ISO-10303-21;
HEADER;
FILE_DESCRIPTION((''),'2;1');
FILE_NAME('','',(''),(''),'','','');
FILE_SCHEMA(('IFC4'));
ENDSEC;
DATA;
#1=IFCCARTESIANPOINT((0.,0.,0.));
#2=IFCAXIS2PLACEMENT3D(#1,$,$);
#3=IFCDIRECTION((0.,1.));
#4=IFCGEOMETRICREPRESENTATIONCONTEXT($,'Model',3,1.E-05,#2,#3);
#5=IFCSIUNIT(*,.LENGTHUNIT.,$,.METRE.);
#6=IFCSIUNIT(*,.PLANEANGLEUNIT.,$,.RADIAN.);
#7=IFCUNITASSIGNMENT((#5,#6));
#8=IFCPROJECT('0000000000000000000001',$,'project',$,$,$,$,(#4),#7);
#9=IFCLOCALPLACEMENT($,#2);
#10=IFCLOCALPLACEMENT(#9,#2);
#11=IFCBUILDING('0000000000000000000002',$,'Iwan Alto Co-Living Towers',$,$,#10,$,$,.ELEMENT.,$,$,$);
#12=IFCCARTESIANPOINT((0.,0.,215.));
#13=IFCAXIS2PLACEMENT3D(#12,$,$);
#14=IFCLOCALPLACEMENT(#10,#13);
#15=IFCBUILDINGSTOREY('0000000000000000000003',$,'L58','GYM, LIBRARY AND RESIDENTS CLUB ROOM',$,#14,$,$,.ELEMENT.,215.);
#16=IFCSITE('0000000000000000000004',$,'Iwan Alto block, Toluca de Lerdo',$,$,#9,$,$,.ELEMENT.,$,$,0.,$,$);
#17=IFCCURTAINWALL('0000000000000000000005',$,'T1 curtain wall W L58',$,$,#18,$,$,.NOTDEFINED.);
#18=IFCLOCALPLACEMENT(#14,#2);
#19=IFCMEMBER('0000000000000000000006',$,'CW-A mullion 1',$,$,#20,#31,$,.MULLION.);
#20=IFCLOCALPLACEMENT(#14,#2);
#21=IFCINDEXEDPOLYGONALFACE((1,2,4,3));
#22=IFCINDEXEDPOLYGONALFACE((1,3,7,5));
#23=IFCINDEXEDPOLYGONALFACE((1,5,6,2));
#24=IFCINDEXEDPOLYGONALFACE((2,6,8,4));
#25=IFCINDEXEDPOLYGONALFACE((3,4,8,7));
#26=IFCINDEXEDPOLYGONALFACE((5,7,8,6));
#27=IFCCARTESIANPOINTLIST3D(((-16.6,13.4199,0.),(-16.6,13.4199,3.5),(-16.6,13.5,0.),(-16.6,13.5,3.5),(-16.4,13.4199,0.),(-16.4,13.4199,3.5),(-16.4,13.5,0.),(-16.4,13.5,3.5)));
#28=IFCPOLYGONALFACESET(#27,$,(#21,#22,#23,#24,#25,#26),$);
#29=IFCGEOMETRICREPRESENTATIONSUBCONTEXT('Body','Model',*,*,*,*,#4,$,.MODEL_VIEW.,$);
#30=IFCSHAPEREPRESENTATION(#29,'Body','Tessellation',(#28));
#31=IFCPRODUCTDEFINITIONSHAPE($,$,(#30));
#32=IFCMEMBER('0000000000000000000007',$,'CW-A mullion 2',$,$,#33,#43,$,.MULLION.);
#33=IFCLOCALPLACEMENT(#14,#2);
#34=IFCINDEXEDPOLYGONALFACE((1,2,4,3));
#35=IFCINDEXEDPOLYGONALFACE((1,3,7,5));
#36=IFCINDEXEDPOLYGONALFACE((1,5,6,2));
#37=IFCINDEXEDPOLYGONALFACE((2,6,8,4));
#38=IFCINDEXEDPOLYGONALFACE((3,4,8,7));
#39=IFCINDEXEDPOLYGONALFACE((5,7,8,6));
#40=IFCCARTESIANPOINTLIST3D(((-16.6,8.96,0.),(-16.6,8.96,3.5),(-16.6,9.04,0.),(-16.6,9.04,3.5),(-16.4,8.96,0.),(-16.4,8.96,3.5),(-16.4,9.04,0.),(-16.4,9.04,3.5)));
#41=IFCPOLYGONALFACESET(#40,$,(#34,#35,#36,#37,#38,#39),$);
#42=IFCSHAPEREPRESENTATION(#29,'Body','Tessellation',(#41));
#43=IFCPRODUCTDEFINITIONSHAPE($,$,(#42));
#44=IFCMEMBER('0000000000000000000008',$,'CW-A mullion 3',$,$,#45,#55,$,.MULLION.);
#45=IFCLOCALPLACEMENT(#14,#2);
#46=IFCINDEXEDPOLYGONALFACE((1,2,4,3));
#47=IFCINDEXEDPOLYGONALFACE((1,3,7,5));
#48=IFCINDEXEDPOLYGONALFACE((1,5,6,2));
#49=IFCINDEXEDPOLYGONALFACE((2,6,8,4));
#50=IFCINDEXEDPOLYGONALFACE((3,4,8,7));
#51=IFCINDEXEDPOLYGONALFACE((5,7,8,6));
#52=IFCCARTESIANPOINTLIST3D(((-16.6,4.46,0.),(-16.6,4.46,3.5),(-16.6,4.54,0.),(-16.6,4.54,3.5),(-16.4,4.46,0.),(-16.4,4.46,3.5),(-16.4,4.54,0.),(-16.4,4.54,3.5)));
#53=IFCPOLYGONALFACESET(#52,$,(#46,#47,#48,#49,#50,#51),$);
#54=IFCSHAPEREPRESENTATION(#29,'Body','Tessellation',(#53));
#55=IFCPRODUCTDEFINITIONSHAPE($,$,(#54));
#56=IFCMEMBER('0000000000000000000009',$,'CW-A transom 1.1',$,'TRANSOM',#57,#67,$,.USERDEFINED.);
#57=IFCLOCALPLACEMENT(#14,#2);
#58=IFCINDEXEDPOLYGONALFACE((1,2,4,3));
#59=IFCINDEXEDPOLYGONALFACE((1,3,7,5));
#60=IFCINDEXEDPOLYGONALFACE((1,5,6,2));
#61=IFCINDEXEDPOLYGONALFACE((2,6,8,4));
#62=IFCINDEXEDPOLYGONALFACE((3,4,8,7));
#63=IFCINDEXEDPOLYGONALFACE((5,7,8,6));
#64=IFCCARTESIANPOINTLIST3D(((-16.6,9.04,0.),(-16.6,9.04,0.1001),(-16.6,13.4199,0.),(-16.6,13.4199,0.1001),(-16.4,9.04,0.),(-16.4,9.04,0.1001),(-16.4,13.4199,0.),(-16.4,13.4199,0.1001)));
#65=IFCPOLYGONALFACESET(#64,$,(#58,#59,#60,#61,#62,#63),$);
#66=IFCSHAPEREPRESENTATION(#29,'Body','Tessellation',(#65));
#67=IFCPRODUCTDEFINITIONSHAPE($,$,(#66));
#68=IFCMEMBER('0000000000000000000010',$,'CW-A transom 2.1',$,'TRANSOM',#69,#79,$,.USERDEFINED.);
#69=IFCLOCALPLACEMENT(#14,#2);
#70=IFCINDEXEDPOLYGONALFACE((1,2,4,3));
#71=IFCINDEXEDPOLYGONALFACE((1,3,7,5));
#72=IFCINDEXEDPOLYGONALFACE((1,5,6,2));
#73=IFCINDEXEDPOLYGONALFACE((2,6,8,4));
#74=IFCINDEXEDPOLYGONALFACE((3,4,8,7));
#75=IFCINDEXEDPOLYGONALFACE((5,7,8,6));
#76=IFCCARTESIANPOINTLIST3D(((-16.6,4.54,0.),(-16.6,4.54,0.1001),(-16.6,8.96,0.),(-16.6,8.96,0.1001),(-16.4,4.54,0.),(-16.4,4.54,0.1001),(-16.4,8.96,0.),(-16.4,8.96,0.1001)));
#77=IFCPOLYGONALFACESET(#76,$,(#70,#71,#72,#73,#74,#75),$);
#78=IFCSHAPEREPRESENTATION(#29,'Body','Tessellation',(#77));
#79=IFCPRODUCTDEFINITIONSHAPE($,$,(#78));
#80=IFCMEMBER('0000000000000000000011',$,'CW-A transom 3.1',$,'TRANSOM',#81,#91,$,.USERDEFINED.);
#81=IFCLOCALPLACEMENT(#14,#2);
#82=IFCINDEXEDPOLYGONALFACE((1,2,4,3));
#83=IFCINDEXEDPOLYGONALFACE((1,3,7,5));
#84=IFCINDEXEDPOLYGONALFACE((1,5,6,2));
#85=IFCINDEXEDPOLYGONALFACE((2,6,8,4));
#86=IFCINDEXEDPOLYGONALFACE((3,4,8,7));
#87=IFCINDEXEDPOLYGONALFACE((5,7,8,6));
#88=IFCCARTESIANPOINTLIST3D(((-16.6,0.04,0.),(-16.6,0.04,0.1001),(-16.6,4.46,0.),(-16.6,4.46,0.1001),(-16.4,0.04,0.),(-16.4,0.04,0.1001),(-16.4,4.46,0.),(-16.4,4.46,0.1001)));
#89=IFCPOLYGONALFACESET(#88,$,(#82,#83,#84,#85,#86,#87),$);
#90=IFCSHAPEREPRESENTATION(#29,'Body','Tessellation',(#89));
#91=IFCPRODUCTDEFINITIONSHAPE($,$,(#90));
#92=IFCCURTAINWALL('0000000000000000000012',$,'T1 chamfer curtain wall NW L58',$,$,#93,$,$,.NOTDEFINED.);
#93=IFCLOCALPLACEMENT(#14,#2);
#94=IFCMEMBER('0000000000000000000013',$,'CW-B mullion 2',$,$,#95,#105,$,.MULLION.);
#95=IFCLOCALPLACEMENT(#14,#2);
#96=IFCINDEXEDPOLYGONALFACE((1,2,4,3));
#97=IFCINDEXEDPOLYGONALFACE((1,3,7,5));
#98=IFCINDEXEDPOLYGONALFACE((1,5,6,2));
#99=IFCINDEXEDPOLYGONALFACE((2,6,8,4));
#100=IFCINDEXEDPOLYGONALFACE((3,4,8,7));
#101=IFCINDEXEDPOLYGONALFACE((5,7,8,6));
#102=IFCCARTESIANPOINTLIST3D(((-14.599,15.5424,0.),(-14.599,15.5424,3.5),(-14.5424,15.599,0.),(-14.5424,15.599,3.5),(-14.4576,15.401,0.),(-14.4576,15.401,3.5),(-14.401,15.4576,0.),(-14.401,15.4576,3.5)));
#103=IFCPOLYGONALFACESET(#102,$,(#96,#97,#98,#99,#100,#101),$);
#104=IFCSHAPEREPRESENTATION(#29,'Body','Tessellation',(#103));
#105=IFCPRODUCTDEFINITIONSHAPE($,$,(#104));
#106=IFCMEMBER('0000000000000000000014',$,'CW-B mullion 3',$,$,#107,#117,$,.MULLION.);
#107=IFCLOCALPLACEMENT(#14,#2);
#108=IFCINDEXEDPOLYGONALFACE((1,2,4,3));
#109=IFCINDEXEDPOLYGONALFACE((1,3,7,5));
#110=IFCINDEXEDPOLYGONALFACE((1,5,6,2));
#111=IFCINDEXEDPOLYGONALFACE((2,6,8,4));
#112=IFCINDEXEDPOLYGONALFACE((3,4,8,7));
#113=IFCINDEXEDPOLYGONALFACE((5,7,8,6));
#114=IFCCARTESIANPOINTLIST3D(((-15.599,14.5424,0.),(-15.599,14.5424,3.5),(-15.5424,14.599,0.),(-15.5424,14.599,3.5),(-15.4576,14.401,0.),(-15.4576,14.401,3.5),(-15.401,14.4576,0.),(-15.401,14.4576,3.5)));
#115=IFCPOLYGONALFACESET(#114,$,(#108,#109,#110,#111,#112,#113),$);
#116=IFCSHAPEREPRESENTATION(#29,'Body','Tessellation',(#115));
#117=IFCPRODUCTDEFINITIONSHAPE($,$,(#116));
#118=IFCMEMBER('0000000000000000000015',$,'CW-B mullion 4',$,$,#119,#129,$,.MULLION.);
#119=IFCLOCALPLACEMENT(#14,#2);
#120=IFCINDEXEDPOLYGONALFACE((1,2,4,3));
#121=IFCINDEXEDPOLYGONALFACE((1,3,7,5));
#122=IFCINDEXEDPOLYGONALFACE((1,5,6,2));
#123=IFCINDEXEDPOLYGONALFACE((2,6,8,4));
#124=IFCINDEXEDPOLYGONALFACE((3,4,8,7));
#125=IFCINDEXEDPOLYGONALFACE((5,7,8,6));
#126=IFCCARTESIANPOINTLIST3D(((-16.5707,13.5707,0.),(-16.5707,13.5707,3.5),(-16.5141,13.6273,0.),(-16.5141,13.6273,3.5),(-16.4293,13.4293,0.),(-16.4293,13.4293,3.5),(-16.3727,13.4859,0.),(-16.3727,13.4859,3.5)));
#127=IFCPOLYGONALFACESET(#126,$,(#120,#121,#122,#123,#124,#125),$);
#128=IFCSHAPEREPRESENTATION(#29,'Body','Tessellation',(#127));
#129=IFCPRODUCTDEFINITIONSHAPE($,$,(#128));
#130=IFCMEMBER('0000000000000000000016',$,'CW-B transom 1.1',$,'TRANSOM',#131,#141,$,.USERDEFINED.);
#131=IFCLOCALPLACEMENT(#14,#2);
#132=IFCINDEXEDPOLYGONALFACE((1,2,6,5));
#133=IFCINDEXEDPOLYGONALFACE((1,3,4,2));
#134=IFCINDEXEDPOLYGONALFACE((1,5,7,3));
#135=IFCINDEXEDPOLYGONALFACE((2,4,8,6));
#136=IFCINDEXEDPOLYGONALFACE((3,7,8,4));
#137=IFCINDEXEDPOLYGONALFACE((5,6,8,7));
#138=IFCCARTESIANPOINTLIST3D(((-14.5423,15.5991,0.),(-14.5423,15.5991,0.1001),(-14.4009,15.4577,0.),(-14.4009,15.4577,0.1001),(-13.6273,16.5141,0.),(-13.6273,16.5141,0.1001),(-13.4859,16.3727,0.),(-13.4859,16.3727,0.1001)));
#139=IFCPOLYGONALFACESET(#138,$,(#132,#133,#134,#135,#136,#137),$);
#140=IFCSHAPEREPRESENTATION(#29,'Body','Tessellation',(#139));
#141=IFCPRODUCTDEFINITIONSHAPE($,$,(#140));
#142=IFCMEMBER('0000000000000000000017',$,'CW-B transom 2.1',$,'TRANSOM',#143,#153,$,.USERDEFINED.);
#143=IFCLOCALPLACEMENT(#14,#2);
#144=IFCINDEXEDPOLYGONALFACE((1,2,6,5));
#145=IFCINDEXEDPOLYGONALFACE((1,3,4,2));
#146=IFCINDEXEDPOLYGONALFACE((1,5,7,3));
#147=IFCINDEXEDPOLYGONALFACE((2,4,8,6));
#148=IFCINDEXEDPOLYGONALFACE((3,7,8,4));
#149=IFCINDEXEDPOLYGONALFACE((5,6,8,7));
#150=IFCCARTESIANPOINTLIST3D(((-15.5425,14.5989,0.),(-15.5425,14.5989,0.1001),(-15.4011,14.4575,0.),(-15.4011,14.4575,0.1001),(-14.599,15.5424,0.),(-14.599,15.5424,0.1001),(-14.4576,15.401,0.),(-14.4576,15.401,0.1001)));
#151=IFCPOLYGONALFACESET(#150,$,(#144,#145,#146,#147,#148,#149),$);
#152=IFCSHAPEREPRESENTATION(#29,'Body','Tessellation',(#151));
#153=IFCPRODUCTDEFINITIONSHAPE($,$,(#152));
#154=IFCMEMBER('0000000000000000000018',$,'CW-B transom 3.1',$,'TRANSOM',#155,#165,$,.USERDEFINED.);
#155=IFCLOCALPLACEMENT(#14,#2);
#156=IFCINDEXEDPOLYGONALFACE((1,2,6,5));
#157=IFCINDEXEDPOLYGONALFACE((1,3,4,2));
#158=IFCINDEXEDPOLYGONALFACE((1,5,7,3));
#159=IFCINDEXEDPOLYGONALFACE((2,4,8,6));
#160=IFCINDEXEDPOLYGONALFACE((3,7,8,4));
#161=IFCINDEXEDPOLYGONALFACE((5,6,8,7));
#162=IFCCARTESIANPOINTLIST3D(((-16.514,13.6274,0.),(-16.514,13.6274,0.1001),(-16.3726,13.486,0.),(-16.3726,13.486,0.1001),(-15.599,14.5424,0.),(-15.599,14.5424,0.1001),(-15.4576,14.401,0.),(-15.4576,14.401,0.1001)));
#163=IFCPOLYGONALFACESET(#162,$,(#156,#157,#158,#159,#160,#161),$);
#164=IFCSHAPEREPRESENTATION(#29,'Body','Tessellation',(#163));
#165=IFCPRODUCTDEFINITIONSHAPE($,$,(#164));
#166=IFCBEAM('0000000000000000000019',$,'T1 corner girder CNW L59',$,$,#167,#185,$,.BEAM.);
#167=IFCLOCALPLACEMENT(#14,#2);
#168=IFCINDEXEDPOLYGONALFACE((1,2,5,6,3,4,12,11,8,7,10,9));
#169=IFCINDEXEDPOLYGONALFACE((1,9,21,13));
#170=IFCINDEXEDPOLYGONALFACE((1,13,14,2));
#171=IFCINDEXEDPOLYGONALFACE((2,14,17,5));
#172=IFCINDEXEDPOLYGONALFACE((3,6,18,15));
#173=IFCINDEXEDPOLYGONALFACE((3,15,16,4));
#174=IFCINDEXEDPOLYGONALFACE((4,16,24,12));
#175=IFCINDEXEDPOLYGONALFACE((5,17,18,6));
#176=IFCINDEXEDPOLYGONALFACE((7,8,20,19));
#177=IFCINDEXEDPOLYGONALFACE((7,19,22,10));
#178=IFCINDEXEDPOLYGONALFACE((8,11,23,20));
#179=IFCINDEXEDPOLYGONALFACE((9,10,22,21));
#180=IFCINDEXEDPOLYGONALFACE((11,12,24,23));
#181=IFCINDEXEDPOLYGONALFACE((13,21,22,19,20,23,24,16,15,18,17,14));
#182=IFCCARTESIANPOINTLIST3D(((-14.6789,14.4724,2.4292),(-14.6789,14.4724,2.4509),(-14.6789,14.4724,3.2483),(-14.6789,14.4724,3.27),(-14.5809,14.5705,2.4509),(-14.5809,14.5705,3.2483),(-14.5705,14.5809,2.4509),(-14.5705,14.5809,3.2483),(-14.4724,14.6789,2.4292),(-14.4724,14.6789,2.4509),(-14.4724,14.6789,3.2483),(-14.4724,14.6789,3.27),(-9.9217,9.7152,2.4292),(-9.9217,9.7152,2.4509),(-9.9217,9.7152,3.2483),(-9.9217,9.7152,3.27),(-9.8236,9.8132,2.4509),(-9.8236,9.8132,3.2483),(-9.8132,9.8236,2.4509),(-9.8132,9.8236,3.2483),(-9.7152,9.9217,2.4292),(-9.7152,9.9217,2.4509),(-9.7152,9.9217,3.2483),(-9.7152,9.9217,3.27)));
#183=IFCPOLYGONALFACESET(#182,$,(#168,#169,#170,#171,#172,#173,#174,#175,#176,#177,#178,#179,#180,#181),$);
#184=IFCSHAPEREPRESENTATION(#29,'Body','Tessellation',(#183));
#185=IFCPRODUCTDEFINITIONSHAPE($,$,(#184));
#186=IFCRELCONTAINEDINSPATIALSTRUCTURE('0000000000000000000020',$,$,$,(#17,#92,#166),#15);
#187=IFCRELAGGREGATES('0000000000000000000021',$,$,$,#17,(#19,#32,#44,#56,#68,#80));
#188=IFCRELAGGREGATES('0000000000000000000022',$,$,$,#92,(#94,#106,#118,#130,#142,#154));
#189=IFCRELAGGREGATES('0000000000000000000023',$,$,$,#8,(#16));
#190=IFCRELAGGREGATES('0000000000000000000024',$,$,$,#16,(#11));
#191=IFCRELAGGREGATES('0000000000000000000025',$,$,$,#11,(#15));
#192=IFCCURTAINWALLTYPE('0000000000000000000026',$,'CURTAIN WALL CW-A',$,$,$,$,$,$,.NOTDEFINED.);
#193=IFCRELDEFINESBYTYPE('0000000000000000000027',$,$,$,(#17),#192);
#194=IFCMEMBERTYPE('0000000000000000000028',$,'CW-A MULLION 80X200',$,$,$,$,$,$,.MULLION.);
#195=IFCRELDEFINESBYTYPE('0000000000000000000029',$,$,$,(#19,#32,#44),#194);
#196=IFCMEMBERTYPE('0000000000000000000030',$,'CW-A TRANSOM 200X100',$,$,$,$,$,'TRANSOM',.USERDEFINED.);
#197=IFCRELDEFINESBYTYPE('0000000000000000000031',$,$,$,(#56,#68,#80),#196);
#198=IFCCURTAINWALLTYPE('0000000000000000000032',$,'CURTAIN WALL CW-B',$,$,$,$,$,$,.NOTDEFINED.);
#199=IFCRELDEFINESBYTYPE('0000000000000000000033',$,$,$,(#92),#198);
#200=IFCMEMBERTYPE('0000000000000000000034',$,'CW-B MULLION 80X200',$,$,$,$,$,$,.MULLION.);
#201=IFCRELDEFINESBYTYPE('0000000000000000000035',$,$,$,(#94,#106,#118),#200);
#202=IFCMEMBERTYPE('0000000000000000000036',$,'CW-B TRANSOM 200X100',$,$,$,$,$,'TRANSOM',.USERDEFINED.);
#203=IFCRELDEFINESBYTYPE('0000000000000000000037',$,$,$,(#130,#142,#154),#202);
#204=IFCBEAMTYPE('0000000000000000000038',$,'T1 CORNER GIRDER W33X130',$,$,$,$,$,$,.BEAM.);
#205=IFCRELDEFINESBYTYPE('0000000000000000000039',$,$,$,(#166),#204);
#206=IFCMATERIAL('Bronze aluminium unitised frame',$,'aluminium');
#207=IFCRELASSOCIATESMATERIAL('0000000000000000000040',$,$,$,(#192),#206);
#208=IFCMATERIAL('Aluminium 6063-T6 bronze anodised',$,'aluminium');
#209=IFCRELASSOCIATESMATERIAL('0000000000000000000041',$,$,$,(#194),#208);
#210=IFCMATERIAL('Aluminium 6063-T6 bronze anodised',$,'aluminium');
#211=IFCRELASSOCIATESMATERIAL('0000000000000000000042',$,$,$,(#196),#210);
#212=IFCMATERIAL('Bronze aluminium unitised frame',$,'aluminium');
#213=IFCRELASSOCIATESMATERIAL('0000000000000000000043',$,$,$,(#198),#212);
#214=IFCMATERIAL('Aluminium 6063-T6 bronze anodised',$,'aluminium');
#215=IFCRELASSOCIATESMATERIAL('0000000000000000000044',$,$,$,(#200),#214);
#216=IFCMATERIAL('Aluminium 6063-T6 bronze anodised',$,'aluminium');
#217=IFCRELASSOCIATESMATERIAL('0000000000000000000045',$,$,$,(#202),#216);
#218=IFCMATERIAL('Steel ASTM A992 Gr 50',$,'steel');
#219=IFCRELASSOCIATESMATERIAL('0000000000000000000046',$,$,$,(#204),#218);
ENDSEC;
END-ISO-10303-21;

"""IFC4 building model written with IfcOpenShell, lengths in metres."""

from ifc_helpers import new_model, si_unit, direction, frame, origin, origin_2d, place, context, subcontext, project, spatial, rectangle, i_section, extrude, material, material_profile, profile_set, type_object, element, aggregate, save


model = new_model("IFC4")

# Units and contexts
model_context = context("Model", 3, precision=1e-05, world=origin(), true_north=direction((0.0, 1.0)))
body_context = subcontext(model_context, "Body", "Model", "MODEL_VIEW")
ifc_project = project(units=[si_unit("LENGTHUNIT", "METRE"), si_unit("PLANEANGLEUNIT", "RADIAN")], contexts=[model_context])

# Site, building, storey
site_placement = place(None, origin())
site = spatial("IfcSite", under=ifc_project, at=site_placement, Name="Iwan Alto block, Toluca de Lerdo", CompositionType="ELEMENT", RefElevation=0.0)
building_placement = place(site_placement, origin())
building = spatial("IfcBuilding", under=site, at=building_placement, Name="Iwan Alto Co-Living Towers", CompositionType="ELEMENT")
storey_placement = place(building_placement, frame((0.0, 0.0, 215.0)))
storey = spatial("IfcBuildingStorey", under=building, at=storey_placement, Name="L58", Description="GYM, LIBRARY AND RESIDENTS CLUB ROOM", CompositionType="ELEMENT", Elevation=215.0)

# Curtain walls, members
ifc_material_1 = material(Name="Bronze aluminium unitised frame", Category="aluminium")
curtain_wall_type_1 = type_object("IfcCurtainWallType", Name="CURTAIN WALL CW-A", PredefinedType="NOTDEFINED", material=ifc_material_1)
curtain_wall_1_placement = place(storey_placement, origin())
curtain_wall_1 = element("IfcCurtainWall", 1, at=curtain_wall_1_placement, inside=storey, type_object=curtain_wall_type_1, Name="T1 curtain wall W L58", PredefinedType="NOTDEFINED")
ifc_material_2 = material(Name="Aluminium 6063-T6 bronze anodised", Category="aluminium")
ifc_material_profile_1 = material_profile(ifc_material_2, rectangle(XDim=0.2, YDim=0.0801, at=origin_2d()), Name="AL 80X200")
ifc_profile_set_1 = profile_set([ifc_material_profile_1], Name="Aluminium 6063-T6 bronze anodised")
member_type_1 = type_object("IfcMemberType", Name="CW-A MULLION 80X200", PredefinedType="MULLION", material=ifc_profile_set_1)
member_1_placement = place(storey_placement, frame((-16.5, 13.46, 0.0), z_axis=(0.0, 0.0, 1.0), x_axis=(1.0, 0.0, 0.0)))
member_1 = element("IfcMember", 2, at=member_1_placement, type_object=member_type_1, Name="CW-A mullion 1", PredefinedType="MULLION", context=body_context, shape_type="SweptSolid", body=[
    extrude(rectangle(XDim=0.2, YDim=0.0801, at=origin_2d()), origin(), (0.0, 0.0, 1.0), 3.5),
])
member_2_placement = place(storey_placement, frame((-16.5, 9.0, 0.0), z_axis=(0.0, 0.0, 1.0), x_axis=(1.0, 0.0, 0.0)))
member_2 = element("IfcMember", 3, at=member_2_placement, type_object=member_type_1, Name="CW-A mullion 2", PredefinedType="MULLION", context=body_context, shape_type="SweptSolid", body=[
    extrude(rectangle(XDim=0.2, YDim=0.0801, at=origin_2d()), origin(), (0.0, 0.0, 1.0), 3.5),
])
member_3_placement = place(storey_placement, frame((-16.5, 4.5, 0.0), z_axis=(0.0, 0.0, 1.0), x_axis=(1.0, 0.0, 0.0)))
member_3 = element("IfcMember", 4, at=member_3_placement, type_object=member_type_1, Name="CW-A mullion 3", PredefinedType="MULLION", context=body_context, shape_type="SweptSolid", body=[
    extrude(rectangle(XDim=0.2, YDim=0.0801, at=origin_2d()), origin(), (0.0, 0.0, 1.0), 3.5),
])
ifc_material_3 = material(Name="Aluminium 6063-T6 bronze anodised", Category="aluminium")
ifc_material_profile_2 = material_profile(ifc_material_3, rectangle(XDim=0.2, YDim=0.1001, at=origin_2d()), Name="AL 200X100")
ifc_profile_set_2 = profile_set([ifc_material_profile_2], Name="Aluminium 6063-T6 bronze anodised")
member_type_2 = type_object("IfcMemberType", Name="CW-A TRANSOM 200X100", ElementType="TRANSOM", PredefinedType="USERDEFINED", material=ifc_profile_set_2)
member_4_placement = place(storey_placement, frame((-16.5, 13.4199, 0.05), z_axis=(0.0, -1.0, 0.0), x_axis=(1.0, 0.0, 0.0)))
member_4 = element("IfcMember", 5, at=member_4_placement, type_object=member_type_2, Name="CW-A transom 1.1", ObjectType="TRANSOM", PredefinedType="USERDEFINED", context=body_context, shape_type="SweptSolid", body=[
    extrude(rectangle(XDim=0.2, YDim=0.1001, at=origin_2d()), origin(), (0.0, 0.0, 1.0), 4.3799),
])
member_5_placement = place(storey_placement, frame((-16.5, 8.96, 0.05), z_axis=(0.0, -1.0, 0.0), x_axis=(1.0, 0.0, 0.0)))
member_5 = element("IfcMember", 6, at=member_5_placement, type_object=member_type_2, Name="CW-A transom 2.1", ObjectType="TRANSOM", PredefinedType="USERDEFINED", context=body_context, shape_type="SweptSolid", body=[
    extrude(rectangle(XDim=0.2, YDim=0.1001, at=origin_2d()), origin(), (0.0, 0.0, 1.0), 4.4199),
])
member_6_placement = place(storey_placement, frame((-16.5, 4.46, 0.05), z_axis=(0.0, -1.0, 0.0), x_axis=(1.0, 0.0, 0.0)))
member_6 = element("IfcMember", 7, at=member_6_placement, type_object=member_type_2, Name="CW-A transom 3.1", ObjectType="TRANSOM", PredefinedType="USERDEFINED", context=body_context, shape_type="SweptSolid", body=[
    extrude(rectangle(XDim=0.2, YDim=0.1001, at=origin_2d()), origin(), (0.0, 0.0, 1.0), 4.4199),
])
ifc_material_4 = material(Name="Bronze aluminium unitised frame", Category="aluminium")
curtain_wall_type_2 = type_object("IfcCurtainWallType", Name="CURTAIN WALL CW-B", PredefinedType="NOTDEFINED", material=ifc_material_4)
curtain_wall_2_placement = place(storey_placement, origin())
curtain_wall_2 = element("IfcCurtainWall", 8, at=curtain_wall_2_placement, inside=storey, type_object=curtain_wall_type_2, Name="T1 chamfer curtain wall NW L58", PredefinedType="NOTDEFINED")
ifc_material_5 = material(Name="Aluminium 6063-T6 bronze anodised", Category="aluminium")
ifc_material_profile_3 = material_profile(ifc_material_5, rectangle(XDim=0.2, YDim=0.0801, at=origin_2d()), Name="AL 80X200")
ifc_profile_set_3 = profile_set([ifc_material_profile_3], Name="Aluminium 6063-T6 bronze anodised")
member_type_3 = type_object("IfcMemberType", Name="CW-B MULLION 80X200", PredefinedType="MULLION", material=ifc_profile_set_3)
member_7_placement = place(storey_placement, frame((-14.5, 15.5, 0.0), z_axis=(0.0, 0.0, 1.0), x_axis=(0.707107, -0.707107, 0.0)))
member_7 = element("IfcMember", 9, at=member_7_placement, type_object=member_type_3, Name="CW-B mullion 2", PredefinedType="MULLION", context=body_context, shape_type="SweptSolid", body=[
    extrude(rectangle(XDim=0.2, YDim=0.0801, at=origin_2d()), origin(), (0.0, 0.0, 1.0), 3.5),
])
member_8_placement = place(storey_placement, frame((-15.5, 14.5, 0.0), z_axis=(0.0, 0.0, 1.0), x_axis=(0.707107, -0.707107, 0.0)))
member_8 = element("IfcMember", 10, at=member_8_placement, type_object=member_type_3, Name="CW-B mullion 3", PredefinedType="MULLION", context=body_context, shape_type="SweptSolid", body=[
    extrude(rectangle(XDim=0.2, YDim=0.0801, at=origin_2d()), origin(), (0.0, 0.0, 1.0), 3.5),
])
member_9_placement = place(storey_placement, frame((-16.4717, 13.5283, 0.0), z_axis=(0.0, 0.0, 1.0), x_axis=(0.707107, -0.707107, 0.0)))
member_9 = element("IfcMember", 11, at=member_9_placement, type_object=member_type_3, Name="CW-B mullion 4", PredefinedType="MULLION", context=body_context, shape_type="SweptSolid", body=[
    extrude(rectangle(XDim=0.2, YDim=0.0801, at=origin_2d()), origin(), (0.0, 0.0, 1.0), 3.5),
])
ifc_material_6 = material(Name="Aluminium 6063-T6 bronze anodised", Category="aluminium")
ifc_material_profile_4 = material_profile(ifc_material_6, rectangle(XDim=0.2, YDim=0.1001, at=origin_2d()), Name="AL 200X100")
ifc_profile_set_4 = profile_set([ifc_material_profile_4], Name="Aluminium 6063-T6 bronze anodised")
member_type_4 = type_object("IfcMemberType", Name="CW-B TRANSOM 200X100", ElementType="TRANSOM", PredefinedType="USERDEFINED", material=ifc_profile_set_4)
member_10_placement = place(storey_placement, frame((-13.5566, 16.4434, 0.05), z_axis=(-0.707107, -0.707107, 0.0), x_axis=(0.707107, -0.707107, 0.0)))
member_10 = element("IfcMember", 12, at=member_10_placement, type_object=member_type_4, Name="CW-B transom 1.1", ObjectType="TRANSOM", PredefinedType="USERDEFINED", context=body_context, shape_type="SweptSolid", body=[
    extrude(rectangle(XDim=0.2, YDim=0.1001, at=origin_2d()), origin(), (0.0, 0.0, 1.0), 1.2939),
])
member_11_placement = place(storey_placement, frame((-14.5283, 15.4717, 0.05), z_axis=(-0.707107, -0.707107, 0.0), x_axis=(0.707107, -0.707107, 0.0)))
member_11 = element("IfcMember", 13, at=member_11_placement, type_object=member_type_4, Name="CW-B transom 2.1", ObjectType="TRANSOM", PredefinedType="USERDEFINED", context=body_context, shape_type="SweptSolid", body=[
    extrude(rectangle(XDim=0.2, YDim=0.1001, at=origin_2d()), origin(), (0.0, 0.0, 1.0), 1.3342),
])
member_12_placement = place(storey_placement, frame((-15.5283, 14.4717, 0.05), z_axis=(-0.707107, -0.707107, 0.0), x_axis=(0.707107, -0.707107, 0.0)))
member_12 = element("IfcMember", 14, at=member_12_placement, type_object=member_type_4, Name="CW-B transom 3.1", ObjectType="TRANSOM", PredefinedType="USERDEFINED", context=body_context, shape_type="SweptSolid", body=[
    extrude(rectangle(XDim=0.2, YDim=0.1001, at=origin_2d()), origin(), (0.0, 0.0, 1.0), 1.2939),
])

# Beam
ifc_material_7 = material(Name="Steel ASTM A992 Gr 50", Category="steel")
ifc_material_profile_5 = material_profile(ifc_material_7, i_section(OverallWidth=0.292, OverallDepth=0.8408, WebThickness=0.0146, FlangeThickness=0.0217, at=origin_2d()), Name="W33X130")
ifc_profile_set_5 = profile_set([ifc_material_profile_5], Name="Steel ASTM A992 Gr 50")
beam_type_1 = type_object("IfcBeamType", Name="T1 CORNER GIRDER W33X130", PredefinedType="BEAM", material=ifc_profile_set_5)
beam_1_placement = place(storey_placement, frame((-14.5757, 14.5757, 2.8496), z_axis=(0.707107, -0.707107, 0.0), x_axis=(0.707107, 0.707107, 0.0)))
element("IfcBeam", 15, at=beam_1_placement, inside=storey, type_object=beam_type_1, Name="T1 corner girder CNW L59", PredefinedType="BEAM", context=body_context, shape_type="SweptSolid", body=[
    extrude(i_section(OverallWidth=0.292, OverallDepth=0.8408, WebThickness=0.0146, FlangeThickness=0.0217, at=origin_2d()), origin(), (0.0, 0.0, 1.0), 6.7278),
])

aggregate(curtain_wall_1, [member_1, member_2, member_3, member_4, member_5, member_6])
aggregate(curtain_wall_2, [member_7, member_8, member_9, member_10, member_11, member_12])

save(model, "model.ifc")
